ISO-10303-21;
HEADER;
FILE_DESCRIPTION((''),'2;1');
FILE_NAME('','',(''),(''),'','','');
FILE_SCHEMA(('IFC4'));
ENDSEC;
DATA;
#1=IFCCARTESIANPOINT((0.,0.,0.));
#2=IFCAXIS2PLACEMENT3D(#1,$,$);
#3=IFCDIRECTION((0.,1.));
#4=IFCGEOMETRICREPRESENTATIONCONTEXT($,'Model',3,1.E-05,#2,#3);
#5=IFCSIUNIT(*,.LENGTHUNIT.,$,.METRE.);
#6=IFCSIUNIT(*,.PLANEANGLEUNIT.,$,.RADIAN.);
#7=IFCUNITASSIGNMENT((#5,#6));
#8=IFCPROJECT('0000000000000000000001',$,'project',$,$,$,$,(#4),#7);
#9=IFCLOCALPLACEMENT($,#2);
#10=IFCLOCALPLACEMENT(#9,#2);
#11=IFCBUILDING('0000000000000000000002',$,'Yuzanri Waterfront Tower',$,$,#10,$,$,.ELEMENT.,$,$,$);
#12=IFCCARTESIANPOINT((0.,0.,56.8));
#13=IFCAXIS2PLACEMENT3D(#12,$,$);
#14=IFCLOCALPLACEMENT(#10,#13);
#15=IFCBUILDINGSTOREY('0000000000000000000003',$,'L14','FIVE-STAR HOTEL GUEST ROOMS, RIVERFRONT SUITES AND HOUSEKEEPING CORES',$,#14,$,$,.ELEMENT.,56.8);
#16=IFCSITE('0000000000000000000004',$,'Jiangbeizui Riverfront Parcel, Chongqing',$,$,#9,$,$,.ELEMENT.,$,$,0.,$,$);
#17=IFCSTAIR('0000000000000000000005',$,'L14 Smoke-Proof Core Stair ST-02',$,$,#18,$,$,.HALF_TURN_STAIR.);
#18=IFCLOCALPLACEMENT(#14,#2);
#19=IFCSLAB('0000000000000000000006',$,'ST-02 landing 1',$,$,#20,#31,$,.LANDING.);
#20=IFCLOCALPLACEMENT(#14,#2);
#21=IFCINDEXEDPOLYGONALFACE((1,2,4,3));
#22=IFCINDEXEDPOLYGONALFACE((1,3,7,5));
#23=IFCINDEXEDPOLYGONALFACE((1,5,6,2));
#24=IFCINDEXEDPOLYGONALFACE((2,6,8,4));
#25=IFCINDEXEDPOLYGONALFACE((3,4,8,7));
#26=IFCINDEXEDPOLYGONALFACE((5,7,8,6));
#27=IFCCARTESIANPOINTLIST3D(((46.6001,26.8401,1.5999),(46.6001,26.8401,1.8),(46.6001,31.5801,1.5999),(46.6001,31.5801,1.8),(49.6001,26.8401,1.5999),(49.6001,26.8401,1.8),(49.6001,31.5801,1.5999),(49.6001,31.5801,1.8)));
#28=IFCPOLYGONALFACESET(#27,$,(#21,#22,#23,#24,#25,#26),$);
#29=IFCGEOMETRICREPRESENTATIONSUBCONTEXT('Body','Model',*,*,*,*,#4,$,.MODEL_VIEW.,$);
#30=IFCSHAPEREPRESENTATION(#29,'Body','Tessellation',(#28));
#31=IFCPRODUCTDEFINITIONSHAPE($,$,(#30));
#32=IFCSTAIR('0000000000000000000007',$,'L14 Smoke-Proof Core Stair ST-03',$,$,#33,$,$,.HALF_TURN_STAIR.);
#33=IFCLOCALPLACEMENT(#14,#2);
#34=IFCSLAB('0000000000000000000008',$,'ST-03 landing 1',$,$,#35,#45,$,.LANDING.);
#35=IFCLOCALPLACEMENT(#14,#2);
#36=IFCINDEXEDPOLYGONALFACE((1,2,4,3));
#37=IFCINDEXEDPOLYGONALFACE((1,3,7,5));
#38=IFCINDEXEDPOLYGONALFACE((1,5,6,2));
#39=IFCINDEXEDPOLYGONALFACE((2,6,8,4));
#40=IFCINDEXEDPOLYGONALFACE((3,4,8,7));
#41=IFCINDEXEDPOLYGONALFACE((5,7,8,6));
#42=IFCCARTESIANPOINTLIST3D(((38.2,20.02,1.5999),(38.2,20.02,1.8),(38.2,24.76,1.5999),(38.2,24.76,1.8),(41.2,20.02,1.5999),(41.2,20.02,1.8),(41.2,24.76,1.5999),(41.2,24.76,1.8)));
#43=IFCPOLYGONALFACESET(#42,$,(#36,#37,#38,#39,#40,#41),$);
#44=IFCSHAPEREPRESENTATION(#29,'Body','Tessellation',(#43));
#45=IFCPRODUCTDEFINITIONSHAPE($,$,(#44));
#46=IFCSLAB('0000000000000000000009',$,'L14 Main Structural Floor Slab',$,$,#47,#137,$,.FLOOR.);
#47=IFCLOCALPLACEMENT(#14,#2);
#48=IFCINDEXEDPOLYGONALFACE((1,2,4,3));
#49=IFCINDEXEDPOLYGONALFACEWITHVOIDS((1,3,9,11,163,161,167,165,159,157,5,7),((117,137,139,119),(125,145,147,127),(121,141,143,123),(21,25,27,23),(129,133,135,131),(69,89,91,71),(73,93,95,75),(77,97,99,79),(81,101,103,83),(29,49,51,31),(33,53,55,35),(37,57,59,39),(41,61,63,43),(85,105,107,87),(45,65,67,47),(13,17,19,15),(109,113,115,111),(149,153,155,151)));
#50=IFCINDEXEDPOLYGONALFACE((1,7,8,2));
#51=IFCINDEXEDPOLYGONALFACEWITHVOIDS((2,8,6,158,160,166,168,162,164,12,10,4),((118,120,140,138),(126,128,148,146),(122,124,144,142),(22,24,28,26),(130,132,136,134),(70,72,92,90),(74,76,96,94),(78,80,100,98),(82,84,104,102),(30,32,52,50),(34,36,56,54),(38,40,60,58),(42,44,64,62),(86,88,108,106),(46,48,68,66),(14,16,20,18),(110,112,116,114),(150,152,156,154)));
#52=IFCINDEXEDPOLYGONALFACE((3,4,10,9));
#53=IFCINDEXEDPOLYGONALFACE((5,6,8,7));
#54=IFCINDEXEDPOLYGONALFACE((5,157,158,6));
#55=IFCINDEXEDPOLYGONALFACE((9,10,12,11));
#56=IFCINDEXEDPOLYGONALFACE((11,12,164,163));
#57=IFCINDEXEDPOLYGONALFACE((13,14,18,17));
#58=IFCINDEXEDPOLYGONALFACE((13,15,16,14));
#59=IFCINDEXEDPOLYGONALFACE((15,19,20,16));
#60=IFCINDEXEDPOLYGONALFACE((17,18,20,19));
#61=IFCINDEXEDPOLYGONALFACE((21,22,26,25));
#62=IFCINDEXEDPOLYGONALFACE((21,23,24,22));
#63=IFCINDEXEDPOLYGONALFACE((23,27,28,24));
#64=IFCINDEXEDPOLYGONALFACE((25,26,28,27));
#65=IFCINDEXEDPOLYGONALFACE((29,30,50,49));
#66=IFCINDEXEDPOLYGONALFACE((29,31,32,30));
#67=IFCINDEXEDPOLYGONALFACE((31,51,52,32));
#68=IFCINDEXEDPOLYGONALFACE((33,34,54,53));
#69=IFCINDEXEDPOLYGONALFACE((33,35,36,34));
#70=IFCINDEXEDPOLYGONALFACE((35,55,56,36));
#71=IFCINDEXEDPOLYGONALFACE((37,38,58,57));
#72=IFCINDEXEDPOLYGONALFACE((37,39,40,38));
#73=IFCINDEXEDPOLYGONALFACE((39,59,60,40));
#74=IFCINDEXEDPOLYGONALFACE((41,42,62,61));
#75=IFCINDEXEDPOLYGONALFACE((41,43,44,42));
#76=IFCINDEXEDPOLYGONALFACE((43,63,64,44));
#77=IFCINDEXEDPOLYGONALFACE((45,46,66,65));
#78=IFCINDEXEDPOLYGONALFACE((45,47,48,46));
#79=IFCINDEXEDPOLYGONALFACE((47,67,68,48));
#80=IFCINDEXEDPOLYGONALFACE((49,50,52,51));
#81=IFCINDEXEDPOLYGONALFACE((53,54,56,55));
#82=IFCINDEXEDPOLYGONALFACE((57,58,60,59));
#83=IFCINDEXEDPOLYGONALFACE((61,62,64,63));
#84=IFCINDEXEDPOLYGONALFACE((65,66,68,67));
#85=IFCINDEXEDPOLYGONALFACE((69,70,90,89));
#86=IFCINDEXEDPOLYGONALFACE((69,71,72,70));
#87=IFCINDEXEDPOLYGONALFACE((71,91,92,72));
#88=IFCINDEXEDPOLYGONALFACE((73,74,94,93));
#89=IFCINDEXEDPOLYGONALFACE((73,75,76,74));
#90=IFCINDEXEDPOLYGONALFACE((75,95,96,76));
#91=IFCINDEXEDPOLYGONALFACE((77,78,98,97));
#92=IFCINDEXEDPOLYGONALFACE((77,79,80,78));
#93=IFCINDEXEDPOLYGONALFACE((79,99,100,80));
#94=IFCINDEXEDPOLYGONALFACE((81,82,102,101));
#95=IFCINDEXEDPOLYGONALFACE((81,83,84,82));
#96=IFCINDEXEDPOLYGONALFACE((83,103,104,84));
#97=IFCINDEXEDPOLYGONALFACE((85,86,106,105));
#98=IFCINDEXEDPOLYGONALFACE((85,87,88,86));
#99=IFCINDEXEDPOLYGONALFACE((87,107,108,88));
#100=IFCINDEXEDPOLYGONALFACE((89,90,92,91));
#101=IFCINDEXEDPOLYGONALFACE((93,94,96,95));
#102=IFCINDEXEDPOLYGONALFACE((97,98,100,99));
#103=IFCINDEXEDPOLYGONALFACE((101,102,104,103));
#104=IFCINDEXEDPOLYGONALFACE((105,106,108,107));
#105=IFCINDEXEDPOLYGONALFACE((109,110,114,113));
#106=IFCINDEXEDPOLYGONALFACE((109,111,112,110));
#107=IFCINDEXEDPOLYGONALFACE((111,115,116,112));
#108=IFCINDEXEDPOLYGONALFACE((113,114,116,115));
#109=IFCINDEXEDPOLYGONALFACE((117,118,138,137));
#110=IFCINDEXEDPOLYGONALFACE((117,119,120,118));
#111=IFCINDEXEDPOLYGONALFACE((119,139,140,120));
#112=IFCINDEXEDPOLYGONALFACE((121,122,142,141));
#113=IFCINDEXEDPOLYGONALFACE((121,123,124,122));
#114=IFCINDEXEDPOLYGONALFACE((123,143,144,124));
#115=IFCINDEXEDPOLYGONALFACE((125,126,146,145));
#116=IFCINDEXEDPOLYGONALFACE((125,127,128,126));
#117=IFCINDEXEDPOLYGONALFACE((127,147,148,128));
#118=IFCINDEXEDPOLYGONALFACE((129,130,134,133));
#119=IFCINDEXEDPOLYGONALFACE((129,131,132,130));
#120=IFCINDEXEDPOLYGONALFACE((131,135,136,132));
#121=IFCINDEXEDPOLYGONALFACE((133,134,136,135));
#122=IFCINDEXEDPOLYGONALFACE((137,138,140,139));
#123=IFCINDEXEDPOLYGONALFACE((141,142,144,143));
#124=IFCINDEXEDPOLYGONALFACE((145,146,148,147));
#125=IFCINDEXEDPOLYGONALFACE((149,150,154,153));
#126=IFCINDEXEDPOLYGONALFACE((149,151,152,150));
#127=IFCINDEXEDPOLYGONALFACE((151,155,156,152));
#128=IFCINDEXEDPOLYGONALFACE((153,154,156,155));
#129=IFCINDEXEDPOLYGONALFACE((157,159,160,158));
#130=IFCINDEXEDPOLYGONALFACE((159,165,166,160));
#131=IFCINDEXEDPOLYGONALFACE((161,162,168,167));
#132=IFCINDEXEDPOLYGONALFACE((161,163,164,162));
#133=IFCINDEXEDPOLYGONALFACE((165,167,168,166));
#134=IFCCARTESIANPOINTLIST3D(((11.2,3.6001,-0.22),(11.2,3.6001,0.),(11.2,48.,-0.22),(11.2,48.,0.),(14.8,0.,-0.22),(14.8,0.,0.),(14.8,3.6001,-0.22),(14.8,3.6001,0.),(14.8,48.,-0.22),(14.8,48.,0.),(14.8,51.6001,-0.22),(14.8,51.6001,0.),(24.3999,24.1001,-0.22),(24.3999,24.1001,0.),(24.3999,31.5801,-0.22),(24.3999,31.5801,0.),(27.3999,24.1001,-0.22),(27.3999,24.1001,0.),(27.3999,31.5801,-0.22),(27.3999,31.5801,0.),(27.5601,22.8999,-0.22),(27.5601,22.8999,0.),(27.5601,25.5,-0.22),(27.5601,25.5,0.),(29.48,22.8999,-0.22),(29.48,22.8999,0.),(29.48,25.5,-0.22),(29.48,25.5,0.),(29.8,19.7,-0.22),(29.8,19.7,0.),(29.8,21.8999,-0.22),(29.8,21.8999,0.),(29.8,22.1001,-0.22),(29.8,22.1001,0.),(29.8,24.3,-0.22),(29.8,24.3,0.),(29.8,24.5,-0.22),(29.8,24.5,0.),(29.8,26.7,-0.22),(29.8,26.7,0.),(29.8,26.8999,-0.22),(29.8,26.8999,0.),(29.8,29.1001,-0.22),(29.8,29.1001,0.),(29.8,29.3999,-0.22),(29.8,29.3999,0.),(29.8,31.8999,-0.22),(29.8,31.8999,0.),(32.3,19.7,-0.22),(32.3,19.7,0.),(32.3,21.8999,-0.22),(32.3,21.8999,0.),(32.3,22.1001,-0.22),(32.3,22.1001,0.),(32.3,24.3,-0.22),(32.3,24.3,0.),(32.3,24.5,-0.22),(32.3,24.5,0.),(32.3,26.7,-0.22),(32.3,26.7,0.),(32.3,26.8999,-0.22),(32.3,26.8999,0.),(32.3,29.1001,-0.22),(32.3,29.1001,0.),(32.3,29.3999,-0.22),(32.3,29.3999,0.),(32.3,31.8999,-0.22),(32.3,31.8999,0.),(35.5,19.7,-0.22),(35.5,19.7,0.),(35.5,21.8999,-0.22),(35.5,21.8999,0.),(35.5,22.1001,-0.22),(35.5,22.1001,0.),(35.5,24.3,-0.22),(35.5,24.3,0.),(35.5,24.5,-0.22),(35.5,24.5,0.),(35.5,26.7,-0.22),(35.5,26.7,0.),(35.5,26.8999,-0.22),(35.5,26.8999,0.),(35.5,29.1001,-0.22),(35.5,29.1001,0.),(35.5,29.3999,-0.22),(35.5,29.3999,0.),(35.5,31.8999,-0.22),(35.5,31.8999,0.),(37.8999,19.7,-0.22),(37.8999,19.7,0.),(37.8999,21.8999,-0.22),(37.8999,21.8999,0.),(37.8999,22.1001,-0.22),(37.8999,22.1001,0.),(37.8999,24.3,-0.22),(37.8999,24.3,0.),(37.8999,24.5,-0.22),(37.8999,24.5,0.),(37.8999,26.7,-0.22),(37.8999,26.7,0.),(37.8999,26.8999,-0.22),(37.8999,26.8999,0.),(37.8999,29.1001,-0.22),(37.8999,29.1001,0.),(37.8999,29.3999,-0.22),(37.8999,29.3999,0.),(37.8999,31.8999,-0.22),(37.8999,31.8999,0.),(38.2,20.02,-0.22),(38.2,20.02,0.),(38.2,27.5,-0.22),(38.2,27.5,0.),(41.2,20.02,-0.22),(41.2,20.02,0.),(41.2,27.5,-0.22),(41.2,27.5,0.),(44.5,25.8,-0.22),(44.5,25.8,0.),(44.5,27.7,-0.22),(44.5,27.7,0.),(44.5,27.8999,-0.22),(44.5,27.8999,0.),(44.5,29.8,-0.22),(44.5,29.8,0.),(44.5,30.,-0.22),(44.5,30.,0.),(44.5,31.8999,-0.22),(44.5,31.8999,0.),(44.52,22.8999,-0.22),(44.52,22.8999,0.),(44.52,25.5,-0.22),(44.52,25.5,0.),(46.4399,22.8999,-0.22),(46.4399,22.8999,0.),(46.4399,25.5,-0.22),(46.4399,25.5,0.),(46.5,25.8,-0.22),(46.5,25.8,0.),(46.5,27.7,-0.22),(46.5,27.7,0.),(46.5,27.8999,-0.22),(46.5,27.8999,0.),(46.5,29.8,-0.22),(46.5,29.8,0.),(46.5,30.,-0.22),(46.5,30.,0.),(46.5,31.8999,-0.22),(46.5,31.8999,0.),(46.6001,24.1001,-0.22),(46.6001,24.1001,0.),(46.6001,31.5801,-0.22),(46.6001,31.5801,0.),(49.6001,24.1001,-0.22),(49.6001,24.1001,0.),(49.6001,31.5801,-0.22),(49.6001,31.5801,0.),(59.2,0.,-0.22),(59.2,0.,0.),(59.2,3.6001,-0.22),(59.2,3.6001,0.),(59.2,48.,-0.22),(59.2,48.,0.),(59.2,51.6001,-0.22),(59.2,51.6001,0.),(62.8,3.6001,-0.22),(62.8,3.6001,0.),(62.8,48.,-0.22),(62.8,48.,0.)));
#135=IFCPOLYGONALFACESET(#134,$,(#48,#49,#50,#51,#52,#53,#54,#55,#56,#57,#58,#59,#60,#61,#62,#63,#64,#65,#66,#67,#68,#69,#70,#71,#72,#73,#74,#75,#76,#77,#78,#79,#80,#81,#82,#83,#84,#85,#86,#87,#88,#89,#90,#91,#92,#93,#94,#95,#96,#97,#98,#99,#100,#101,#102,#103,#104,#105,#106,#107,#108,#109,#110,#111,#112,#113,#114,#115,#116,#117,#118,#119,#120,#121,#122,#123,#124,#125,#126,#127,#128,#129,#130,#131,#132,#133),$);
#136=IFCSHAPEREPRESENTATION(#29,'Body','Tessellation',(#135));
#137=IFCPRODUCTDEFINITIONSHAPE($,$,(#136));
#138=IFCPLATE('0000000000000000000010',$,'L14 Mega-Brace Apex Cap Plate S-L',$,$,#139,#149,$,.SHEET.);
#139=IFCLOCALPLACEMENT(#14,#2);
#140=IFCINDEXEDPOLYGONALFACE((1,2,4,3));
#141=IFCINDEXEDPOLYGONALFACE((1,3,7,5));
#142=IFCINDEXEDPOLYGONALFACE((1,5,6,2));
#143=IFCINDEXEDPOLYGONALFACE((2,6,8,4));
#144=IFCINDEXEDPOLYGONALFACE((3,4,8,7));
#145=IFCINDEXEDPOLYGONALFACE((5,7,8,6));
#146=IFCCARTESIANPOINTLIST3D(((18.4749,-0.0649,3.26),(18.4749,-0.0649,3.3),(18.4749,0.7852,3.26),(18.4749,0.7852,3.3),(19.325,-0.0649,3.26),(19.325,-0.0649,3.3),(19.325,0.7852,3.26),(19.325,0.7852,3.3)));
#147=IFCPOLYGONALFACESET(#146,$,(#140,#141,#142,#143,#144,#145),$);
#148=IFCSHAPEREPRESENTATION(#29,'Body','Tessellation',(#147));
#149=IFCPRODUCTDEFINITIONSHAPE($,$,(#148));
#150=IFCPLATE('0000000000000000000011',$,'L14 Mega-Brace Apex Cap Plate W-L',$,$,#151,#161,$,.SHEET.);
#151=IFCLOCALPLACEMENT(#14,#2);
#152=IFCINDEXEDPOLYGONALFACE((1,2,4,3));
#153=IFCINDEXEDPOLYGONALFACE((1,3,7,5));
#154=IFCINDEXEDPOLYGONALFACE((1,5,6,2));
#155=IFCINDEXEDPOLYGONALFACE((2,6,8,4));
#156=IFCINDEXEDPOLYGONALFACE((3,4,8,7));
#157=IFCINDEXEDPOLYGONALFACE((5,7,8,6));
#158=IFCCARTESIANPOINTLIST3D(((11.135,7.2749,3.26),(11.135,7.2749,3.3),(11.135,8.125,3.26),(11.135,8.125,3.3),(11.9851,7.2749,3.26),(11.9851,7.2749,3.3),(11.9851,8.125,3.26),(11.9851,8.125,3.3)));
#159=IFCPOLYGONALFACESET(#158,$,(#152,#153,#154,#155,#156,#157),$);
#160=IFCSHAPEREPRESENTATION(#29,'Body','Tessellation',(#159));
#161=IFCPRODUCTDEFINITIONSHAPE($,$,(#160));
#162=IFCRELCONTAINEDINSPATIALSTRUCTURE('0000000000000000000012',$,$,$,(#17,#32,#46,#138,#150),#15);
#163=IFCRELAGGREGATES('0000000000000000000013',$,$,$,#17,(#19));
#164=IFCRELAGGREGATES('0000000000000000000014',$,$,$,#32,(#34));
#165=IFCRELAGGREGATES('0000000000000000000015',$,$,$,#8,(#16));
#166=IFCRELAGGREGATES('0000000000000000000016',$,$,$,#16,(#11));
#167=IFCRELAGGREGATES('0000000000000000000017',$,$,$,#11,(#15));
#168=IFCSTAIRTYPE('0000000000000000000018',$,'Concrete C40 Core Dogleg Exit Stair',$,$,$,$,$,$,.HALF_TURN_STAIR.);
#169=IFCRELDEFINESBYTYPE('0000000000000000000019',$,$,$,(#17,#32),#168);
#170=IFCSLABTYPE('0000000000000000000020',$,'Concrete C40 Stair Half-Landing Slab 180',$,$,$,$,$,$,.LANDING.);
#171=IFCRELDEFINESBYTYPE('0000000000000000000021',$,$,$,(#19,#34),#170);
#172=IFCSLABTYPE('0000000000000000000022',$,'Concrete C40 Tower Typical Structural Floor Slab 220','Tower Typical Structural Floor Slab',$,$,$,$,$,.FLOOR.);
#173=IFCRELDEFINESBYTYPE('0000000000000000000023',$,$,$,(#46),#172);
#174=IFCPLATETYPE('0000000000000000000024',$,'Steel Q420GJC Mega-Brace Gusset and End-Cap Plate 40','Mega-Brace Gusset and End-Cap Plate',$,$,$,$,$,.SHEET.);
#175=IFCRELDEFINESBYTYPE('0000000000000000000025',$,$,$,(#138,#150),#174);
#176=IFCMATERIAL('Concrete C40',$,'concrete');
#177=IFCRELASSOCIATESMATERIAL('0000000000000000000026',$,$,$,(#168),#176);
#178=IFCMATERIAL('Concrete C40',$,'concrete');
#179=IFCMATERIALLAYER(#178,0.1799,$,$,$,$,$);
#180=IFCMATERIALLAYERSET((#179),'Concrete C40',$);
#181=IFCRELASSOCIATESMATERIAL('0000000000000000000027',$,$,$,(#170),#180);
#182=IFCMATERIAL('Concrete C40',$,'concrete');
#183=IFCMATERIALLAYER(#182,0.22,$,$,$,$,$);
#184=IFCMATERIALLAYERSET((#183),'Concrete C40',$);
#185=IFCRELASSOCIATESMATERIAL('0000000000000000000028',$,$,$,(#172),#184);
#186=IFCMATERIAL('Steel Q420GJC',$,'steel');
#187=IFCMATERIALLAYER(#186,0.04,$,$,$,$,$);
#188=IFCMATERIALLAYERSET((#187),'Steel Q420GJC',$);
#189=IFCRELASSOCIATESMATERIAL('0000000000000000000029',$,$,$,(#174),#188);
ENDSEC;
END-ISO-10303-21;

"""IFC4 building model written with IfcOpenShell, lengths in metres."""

from ifc_helpers import new_model, si_unit, direction, frame, origin, origin_2d, place, context, subcontext, project, spatial, polyline, rectangle, outline, extrude, source, transform, mapped, material, layer, layer_set, type_object, element, aggregate, save


model = new_model("IFC4")

# Units and contexts
model_context = context("Model", 3, precision=1e-05, world=origin(), true_north=direction((0.0, 1.0)))
body_context = subcontext(model_context, "Body", "Model", "MODEL_VIEW")
ifc_project = project(units=[si_unit("LENGTHUNIT", "METRE"), si_unit("PLANEANGLEUNIT", "RADIAN")], contexts=[model_context])

# Site, building, storey
site_placement = place(None, origin())
site = spatial("IfcSite", under=ifc_project, at=site_placement, Name="Jiangbeizui Riverfront Parcel, Chongqing", CompositionType="ELEMENT", RefElevation=0.0)
building_placement = place(site_placement, origin())
building = spatial("IfcBuilding", under=site, at=building_placement, Name="Yuzanri Waterfront Tower", CompositionType="ELEMENT")
storey_placement = place(building_placement, frame((0.0, 0.0, 56.8)))
storey = spatial("IfcBuildingStorey", under=building, at=storey_placement, Name="L14", Description="FIVE-STAR HOTEL GUEST ROOMS, RIVERFRONT SUITES AND HOUSEKEEPING CORES", CompositionType="ELEMENT", Elevation=56.8)

# Stairs, slabs
ifc_material_1 = material(Name="Concrete C40", Category="concrete")
stair_type = type_object("IfcStairType", Name="Concrete C40 Core Dogleg Exit Stair", PredefinedType="HALF_TURN_STAIR", material=ifc_material_1)
ifc_material_2 = material(Name="Concrete C40", Category="concrete")
ifc_layer_1 = layer(ifc_material_2, 0.1799)
ifc_layer_set_1 = layer_set([ifc_layer_1], Name="Concrete C40")
slab_type_1 = type_object("IfcSlabType", Name="Concrete C40 Stair Half-Landing Slab 180", PredefinedType="LANDING", material=ifc_layer_set_1)
stair_1_placement = place(storey_placement, origin())
stair_1 = element("IfcStair", 1, at=stair_1_placement, inside=storey, type_object=stair_type, Name="L14 Smoke-Proof Core Stair ST-02", PredefinedType="HALF_TURN_STAIR")
slab_1_placement = place(storey_placement, frame((0.0, 0.0, 1.5999)))
slab_1 = element("IfcSlab", 2, at=slab_1_placement, type_object=slab_type_1, Name="ST-02 landing 1", PredefinedType="LANDING", context=body_context, shape_type="SweptSolid", body=[
    extrude(outline(polyline([(49.6001, 26.8401), (49.6001, 31.5801), (46.6001, 31.5801), (46.6001, 26.8401), (49.6001, 26.8401)])), origin(), (0.0, 0.0, 1.0), 0.2002),
])
aggregate(stair_1, [slab_1])
stair_2_placement = place(storey_placement, origin())
stair_2 = element("IfcStair", 3, at=stair_2_placement, inside=storey, type_object=stair_type, Name="L14 Smoke-Proof Core Stair ST-03", PredefinedType="HALF_TURN_STAIR")
slab_2_placement = place(storey_placement, frame((0.0, 0.0, 1.5999)))
slab_2 = element("IfcSlab", 4, at=slab_2_placement, type_object=slab_type_1, Name="ST-03 landing 1", PredefinedType="LANDING", context=body_context, shape_type="SweptSolid", body=[
    extrude(outline(polyline([(38.2, 24.76), (38.2, 20.02), (41.2, 20.02), (41.2, 24.76), (38.2, 24.76)])), origin(), (0.0, 0.0, 1.0), 0.2002),
])
aggregate(stair_2, [slab_2])

# Slab
ifc_material_3 = material(Name="Concrete C40", Category="concrete")
ifc_layer_2 = layer(ifc_material_3, 0.22)
ifc_layer_set_2 = layer_set([ifc_layer_2], Name="Concrete C40")
slab_type_2 = type_object("IfcSlabType", Name="Concrete C40 Tower Typical Structural Floor Slab 220", Description="Tower Typical Structural Floor Slab", PredefinedType="FLOOR", material=ifc_layer_set_2)
slab_3_placement = place(storey_placement, frame((0.0, 0.0, -0.22)))
element("IfcSlab", 5, at=slab_3_placement, inside=storey, type_object=slab_type_2, Name="L14 Main Structural Floor Slab", PredefinedType="FLOOR", context=body_context, shape_type="SweptSolid", body=[
    extrude(outline(polyline([(14.8, 0.0), (59.2, 0.0), (59.2, 3.6001), (62.8, 3.6001), (62.8, 48.0), (59.2, 48.0), (59.2, 51.6001), (14.8, 51.6001), (14.8, 48.0), (11.2, 48.0), (11.2, 3.6001), (14.8, 3.6001), (14.8, 0.0)]), holes=[polyline([(27.3999, 24.1001), (27.3999, 31.5801), (24.3999, 31.5801), (24.3999, 24.1001), (27.3999, 24.1001)]), polyline([(49.6001, 24.1001), (49.6001, 31.5801), (46.6001, 31.5801), (46.6001, 24.1001), (49.6001, 24.1001)]), polyline([(38.2, 27.5), (38.2, 20.02), (41.2, 20.02), (41.2, 27.5), (38.2, 27.5)]), polyline([(27.5601, 22.8999), (29.48, 22.8999), (29.48, 25.5), (27.5601, 25.5), (27.5601, 22.8999)]), polyline([(44.52, 22.8999), (46.4399, 22.8999), (46.4399, 25.5), (44.52, 25.5), (44.52, 22.8999)]), polyline([(29.8, 19.7), (32.3, 19.7), (32.3, 21.8999), (29.8, 21.8999), (29.8, 19.7)]), polyline([(29.8, 22.1001), (32.3, 22.1001), (32.3, 24.3), (29.8, 24.3), (29.8, 22.1001)]), polyline([(29.8, 24.5), (32.3, 24.5), (32.3, 26.7), (29.8, 26.7), (29.8, 24.5)]), polyline([(29.8, 26.8999), (32.3, 26.8999), (32.3, 29.1001), (29.8, 29.1001), (29.8, 26.8999)]), polyline([(29.8, 29.3999), (32.3, 29.3999), (32.3, 31.8999), (29.8, 31.8999), (29.8, 29.3999)]), polyline([(35.5, 19.7), (37.8999, 19.7), (37.8999, 21.8999), (35.5, 21.8999), (35.5, 19.7)]), polyline([(35.5, 22.1001), (37.8999, 22.1001), (37.8999, 24.3), (35.5, 24.3), (35.5, 22.1001)]), polyline([(35.5, 24.5), (37.8999, 24.5), (37.8999, 26.7), (35.5, 26.7), (35.5, 24.5)]), polyline([(35.5, 26.8999), (37.8999, 26.8999), (37.8999, 29.1001), (35.5, 29.1001), (35.5, 26.8999)]), polyline([(35.5, 29.3999), (37.8999, 29.3999), (37.8999, 31.8999), (35.5, 31.8999), (35.5, 29.3999)]), polyline([(44.5, 25.8), (46.5, 25.8), (46.5, 27.7), (44.5, 27.7), (44.5, 25.8)]), polyline([(44.5, 27.8999), (46.5, 27.8999), (46.5, 29.8), (44.5, 29.8), (44.5, 27.8999)]), polyline([(44.5, 30.0), (46.5, 30.0), (46.5, 31.8999), (44.5, 31.8999), (44.5, 30.0)])]), origin(), (0.0, 0.0, 1.0), 0.22),
])

# Plates
ifc_material_4 = material(Name="Steel Q420GJC", Category="steel")
ifc_layer_3 = layer(ifc_material_4, 0.04)
ifc_layer_set_3 = layer_set([ifc_layer_3], Name="Steel Q420GJC")
plate_type = type_object("IfcPlateType", Name="Steel Q420GJC Mega-Brace Gusset and End-Cap Plate 40", Description="Mega-Brace Gusset and End-Cap Plate", PredefinedType="SHEET", material=ifc_layer_set_3)
shared_shape_1 = source(origin(), body_context, "Body", "SweptSolid", [
    extrude(rectangle(XDim=0.8501, YDim=0.8501, at=origin_2d()), origin(), (0.0, 0.0, 1.0), 0.04),
])
for number, where, z_axis, x_axis, name in (
    (6, (18.8999, 0.3601, 3.26), (0.0, 0.0, 1.0), (1.0, 0.0, 0.0), "L14 Mega-Brace Apex Cap Plate S-L"),
    (7, (11.5601, 7.7, 3.26), (0.0, 0.0, 1.0), (1.0, 0.0, 0.0), "L14 Mega-Brace Apex Cap Plate W-L"),
):
    element("IfcPlate", number, at=place(storey_placement, frame(where, z_axis=z_axis, x_axis=x_axis)), inside=storey, type_object=plate_type, Name=name, PredefinedType="SHEET", context=body_context, shape_type="MappedRepresentation", body=[
        mapped(shared_shape_1, transform((0.0, 0.0, 0.0), scale=1.0)),
    ])

save(model, "model.ifc")
